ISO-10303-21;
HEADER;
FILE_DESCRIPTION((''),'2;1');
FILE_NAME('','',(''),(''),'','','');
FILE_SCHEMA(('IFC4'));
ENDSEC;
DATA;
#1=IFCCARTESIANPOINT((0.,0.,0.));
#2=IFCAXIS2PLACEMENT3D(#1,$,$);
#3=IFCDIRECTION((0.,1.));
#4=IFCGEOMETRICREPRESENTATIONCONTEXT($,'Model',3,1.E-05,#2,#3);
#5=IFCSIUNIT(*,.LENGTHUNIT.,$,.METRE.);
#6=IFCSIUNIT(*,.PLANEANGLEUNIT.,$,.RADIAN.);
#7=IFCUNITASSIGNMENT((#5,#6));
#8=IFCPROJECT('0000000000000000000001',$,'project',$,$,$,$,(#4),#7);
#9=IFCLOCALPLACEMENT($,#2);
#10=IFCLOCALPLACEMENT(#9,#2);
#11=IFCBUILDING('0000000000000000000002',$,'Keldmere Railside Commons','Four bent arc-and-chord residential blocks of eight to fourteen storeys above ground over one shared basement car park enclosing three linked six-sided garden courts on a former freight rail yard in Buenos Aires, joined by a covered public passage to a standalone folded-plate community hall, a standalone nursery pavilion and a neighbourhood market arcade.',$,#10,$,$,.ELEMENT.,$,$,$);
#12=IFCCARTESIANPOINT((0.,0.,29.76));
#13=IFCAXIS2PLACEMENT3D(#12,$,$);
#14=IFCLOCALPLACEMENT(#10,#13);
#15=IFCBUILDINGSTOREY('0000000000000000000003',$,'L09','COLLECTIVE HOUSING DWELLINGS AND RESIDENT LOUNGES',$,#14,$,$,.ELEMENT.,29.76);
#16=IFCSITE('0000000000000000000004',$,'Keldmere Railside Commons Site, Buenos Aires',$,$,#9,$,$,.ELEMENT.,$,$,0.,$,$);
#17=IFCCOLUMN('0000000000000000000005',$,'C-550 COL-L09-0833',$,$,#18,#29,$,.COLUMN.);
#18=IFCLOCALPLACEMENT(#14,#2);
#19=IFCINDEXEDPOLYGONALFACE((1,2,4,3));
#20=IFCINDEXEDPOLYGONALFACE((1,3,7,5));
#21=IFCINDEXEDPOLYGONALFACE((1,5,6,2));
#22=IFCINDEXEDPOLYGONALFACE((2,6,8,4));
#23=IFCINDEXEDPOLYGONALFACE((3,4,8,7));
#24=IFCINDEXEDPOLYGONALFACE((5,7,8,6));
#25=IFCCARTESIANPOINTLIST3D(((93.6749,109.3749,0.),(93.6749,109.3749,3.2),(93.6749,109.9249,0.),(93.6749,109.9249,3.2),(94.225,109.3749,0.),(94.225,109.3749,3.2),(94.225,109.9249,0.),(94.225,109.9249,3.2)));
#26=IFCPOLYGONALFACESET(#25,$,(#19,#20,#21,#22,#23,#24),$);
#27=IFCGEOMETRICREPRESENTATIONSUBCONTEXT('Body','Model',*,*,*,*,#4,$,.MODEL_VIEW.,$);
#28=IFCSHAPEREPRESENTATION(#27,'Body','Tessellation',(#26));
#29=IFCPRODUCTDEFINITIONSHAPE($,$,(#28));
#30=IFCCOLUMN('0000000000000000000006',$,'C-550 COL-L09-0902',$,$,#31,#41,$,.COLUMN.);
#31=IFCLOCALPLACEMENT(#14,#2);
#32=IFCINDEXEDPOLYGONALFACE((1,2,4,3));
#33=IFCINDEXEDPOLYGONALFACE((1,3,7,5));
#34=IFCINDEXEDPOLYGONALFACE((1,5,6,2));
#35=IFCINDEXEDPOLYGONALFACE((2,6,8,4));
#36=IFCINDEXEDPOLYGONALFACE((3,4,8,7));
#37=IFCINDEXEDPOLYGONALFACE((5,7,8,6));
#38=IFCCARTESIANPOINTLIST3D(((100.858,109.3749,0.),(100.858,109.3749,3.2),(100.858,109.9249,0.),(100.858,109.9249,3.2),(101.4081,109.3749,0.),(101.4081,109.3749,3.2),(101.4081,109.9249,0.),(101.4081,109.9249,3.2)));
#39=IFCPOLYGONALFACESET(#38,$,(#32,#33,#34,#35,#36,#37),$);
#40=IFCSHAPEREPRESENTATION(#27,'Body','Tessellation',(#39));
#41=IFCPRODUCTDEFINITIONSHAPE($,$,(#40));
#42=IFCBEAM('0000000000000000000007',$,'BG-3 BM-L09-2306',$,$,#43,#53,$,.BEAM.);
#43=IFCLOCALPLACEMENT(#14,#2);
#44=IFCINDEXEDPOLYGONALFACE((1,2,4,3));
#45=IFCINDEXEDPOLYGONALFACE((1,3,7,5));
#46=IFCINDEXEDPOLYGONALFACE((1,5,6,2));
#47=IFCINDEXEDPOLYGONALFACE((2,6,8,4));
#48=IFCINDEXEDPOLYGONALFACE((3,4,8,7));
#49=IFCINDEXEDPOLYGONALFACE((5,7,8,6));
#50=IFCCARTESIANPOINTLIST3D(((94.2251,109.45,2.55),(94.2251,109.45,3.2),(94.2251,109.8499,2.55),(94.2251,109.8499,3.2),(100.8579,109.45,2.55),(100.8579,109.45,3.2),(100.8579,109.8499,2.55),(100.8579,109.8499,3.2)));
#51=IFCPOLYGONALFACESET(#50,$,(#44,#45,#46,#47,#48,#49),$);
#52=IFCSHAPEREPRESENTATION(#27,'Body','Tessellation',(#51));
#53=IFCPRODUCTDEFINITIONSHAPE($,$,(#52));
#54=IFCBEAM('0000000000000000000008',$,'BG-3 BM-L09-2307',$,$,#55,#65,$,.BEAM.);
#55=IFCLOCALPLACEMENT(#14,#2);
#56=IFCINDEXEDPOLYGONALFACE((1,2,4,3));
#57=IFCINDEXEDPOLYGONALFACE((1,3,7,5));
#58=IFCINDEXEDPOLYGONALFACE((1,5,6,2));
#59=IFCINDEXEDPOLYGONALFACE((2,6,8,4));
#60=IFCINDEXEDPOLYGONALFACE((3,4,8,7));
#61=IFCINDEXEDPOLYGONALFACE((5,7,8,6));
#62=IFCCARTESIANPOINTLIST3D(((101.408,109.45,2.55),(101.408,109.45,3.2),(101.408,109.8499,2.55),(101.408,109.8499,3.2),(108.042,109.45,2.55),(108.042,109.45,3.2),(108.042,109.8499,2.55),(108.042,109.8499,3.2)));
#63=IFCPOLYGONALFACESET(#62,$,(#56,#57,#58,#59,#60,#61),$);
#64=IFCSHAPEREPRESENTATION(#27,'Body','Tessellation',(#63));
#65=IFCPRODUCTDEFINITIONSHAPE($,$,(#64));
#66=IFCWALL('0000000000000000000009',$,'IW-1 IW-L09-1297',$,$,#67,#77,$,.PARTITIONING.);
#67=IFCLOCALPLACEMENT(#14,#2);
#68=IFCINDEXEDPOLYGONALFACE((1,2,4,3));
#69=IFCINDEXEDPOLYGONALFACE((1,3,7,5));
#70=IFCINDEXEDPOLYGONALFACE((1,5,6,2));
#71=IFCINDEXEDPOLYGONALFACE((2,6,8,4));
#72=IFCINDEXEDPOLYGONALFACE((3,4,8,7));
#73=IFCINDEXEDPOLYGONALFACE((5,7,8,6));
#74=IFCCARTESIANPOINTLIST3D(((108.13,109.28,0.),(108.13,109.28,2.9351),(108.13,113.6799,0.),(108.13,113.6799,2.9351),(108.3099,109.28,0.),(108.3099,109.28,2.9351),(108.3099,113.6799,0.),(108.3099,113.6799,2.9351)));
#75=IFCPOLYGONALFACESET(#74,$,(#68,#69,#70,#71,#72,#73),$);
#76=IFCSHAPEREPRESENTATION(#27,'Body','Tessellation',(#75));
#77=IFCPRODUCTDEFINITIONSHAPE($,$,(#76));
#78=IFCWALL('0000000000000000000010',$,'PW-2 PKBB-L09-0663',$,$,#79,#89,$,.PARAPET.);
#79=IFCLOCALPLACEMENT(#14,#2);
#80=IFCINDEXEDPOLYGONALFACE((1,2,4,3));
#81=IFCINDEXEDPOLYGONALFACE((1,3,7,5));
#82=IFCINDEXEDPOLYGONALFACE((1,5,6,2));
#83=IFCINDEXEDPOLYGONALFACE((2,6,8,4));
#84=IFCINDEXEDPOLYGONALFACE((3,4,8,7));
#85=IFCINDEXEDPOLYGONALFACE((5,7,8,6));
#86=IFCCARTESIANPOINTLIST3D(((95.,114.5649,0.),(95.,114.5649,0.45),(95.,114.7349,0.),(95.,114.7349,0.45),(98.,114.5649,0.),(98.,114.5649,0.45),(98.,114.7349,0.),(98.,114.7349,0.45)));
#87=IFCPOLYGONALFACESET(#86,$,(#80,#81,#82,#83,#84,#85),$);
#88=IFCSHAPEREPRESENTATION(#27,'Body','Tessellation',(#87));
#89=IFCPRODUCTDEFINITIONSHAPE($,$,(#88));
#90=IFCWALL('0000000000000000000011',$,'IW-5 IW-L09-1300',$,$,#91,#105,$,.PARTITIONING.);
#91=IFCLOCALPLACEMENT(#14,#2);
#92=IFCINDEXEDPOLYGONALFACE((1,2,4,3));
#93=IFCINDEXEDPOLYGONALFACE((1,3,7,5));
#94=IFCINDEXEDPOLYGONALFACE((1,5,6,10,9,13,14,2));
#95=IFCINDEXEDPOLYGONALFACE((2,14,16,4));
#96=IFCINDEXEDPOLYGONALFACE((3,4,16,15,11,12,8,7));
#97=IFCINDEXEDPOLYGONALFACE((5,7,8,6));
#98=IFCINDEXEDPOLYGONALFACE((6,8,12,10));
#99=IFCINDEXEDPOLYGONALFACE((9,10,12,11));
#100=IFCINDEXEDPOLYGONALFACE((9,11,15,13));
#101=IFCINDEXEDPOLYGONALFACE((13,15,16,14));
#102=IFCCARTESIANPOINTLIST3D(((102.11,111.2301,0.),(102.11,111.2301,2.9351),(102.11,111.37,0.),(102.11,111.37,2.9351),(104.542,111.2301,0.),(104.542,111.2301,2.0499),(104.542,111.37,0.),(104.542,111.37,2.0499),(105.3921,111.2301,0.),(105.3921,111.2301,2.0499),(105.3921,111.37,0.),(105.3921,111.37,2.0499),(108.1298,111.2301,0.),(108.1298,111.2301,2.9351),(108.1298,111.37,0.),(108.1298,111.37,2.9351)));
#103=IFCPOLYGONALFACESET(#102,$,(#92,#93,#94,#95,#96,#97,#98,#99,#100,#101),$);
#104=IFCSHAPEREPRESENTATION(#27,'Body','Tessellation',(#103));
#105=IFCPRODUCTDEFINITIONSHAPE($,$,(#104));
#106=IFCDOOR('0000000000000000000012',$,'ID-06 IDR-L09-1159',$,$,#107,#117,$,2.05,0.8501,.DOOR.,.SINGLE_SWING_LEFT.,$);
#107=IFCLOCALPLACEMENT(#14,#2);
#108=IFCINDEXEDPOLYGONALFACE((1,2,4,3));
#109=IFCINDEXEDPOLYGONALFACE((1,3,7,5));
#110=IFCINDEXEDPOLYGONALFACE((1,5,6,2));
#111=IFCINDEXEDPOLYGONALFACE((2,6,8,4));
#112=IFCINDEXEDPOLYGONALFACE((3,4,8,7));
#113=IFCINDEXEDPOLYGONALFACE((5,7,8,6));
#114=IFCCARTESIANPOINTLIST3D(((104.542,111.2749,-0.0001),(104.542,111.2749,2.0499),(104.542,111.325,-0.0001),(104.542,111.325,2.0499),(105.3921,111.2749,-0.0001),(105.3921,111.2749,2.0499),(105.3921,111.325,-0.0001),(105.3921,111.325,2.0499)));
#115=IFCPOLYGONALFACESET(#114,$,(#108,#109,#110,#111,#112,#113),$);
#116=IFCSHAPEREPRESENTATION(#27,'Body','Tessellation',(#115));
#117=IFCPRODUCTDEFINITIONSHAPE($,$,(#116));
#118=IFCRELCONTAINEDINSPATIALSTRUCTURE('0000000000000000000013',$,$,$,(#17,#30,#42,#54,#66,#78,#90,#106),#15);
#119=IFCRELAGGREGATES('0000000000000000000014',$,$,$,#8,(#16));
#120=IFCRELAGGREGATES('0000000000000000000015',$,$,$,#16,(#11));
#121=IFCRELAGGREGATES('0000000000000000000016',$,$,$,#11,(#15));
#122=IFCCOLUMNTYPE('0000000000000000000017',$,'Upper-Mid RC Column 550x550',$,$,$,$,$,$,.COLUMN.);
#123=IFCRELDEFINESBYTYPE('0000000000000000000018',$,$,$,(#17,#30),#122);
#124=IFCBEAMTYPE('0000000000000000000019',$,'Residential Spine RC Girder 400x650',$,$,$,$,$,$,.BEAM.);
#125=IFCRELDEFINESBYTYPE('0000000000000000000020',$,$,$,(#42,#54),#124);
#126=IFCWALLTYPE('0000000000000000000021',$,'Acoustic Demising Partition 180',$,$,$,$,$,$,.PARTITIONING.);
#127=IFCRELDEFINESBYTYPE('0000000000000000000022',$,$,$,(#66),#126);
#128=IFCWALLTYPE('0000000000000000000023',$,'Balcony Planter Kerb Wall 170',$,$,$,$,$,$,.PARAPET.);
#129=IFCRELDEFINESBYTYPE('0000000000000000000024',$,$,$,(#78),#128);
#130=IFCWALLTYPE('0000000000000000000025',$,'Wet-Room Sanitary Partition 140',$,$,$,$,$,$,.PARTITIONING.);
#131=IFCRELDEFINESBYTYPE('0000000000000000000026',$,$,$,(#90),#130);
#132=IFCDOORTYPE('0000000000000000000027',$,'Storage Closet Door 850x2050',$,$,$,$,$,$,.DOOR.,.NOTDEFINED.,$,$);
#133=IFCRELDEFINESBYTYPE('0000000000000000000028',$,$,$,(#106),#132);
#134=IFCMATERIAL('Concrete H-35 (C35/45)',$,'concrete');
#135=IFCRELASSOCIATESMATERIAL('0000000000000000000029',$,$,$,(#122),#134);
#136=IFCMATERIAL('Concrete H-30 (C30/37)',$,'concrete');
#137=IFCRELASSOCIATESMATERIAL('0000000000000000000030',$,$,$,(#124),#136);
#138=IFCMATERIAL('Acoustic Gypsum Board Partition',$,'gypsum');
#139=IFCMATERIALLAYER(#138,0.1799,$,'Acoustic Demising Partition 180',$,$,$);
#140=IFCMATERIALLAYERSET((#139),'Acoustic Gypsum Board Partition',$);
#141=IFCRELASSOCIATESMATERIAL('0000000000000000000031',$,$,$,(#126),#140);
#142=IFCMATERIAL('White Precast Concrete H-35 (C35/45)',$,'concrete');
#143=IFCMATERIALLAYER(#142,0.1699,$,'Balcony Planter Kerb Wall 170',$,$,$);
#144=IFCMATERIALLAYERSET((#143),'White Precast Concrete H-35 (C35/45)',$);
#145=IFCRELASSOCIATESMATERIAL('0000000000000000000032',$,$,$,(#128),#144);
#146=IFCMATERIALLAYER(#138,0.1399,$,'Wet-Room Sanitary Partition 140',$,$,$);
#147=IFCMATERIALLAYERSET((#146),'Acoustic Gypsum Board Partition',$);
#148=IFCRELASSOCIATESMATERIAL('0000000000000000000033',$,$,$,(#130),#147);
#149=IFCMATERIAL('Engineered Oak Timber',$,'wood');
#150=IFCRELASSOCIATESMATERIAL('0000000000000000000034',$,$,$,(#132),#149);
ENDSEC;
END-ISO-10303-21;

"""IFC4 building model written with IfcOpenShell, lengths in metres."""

from ifc_helpers import new_model, si_unit, direction, frame, frame_2d, origin, origin_2d, place, context, subcontext, project, spatial, rectangle, extrude, material, layer, layer_set, material_profile, profile_set, type_object, element, fill, save


model = new_model("IFC4")

# Units and contexts
model_context = context("Model", 3, precision=1e-05, world=origin(), true_north=direction((0.0, 1.0)))
body_context = subcontext(model_context, "Body", "Model", "MODEL_VIEW")
ifc_project = project(units=[si_unit("LENGTHUNIT", "METRE"), si_unit("PLANEANGLEUNIT", "RADIAN")], contexts=[model_context])

# Site, building, storey
site_placement = place(None, origin())
site = spatial("IfcSite", under=ifc_project, at=site_placement, Name="Keldmere Railside Commons Site, Buenos Aires", CompositionType="ELEMENT", RefElevation=0.0)
building_placement = place(site_placement, origin())
building = spatial("IfcBuilding", under=site, at=building_placement, Name="Keldmere Railside Commons", Description="Four bent arc-and-chord residential blocks of eight to fourteen storeys above ground over one shared basement car park enclosing three linked six-sided garden courts on a former freight rail yard in Buenos Aires, joined by a covered public passage to a standalone folded-plate community hall, a standalone nursery pavilion and a neighbourhood market arcade.", CompositionType="ELEMENT")
storey_placement = place(building_placement, frame((0.0, 0.0, 29.76)))
storey = spatial("IfcBuildingStorey", under=building, at=storey_placement, Name="L09", Description="COLLECTIVE HOUSING DWELLINGS AND RESIDENT LOUNGES", CompositionType="ELEMENT", Elevation=29.76)

# Columns
ifc_material_1 = material(Name="Concrete H-35 (C35/45)", Category="concrete")
ifc_material_profile_1 = material_profile(ifc_material_1, rectangle(XDim=0.55, YDim=0.55, at=origin_2d()), Name="RC-550x550")
ifc_profile_set_1 = profile_set([ifc_material_profile_1], Name="Concrete H-35 (C35/45)")
column_type = type_object("IfcColumnType", Name="Upper-Mid RC Column 550x550", PredefinedType="COLUMN", material=ifc_profile_set_1)
for number, where, z_axis, x_axis, name in (
    (1, (93.95, 109.6499, 0.0), (0.0, 0.0, 1.0), (1.0, 0.0, 0.0), "C-550 COL-L09-0833"),
    (2, (101.1331, 109.6499, 0.0), (0.0, 0.0, 1.0), (1.0, 0.0, 0.0), "C-550 COL-L09-0902"),
):
    element("IfcColumn", number, at=place(storey_placement, frame(where, z_axis=z_axis, x_axis=x_axis)), inside=storey, type_object=column_type, Name=name, PredefinedType="COLUMN", context=body_context, shape_type="SweptSolid", body=[
        extrude(rectangle(XDim=0.55, YDim=0.55, at=origin_2d()), origin(), (0.0, 0.0, 1.0), 3.2),
    ])

# Beams
ifc_material_2 = material(Name="Concrete H-30 (C30/37)", Category="concrete")
ifc_material_profile_2 = material_profile(ifc_material_2, rectangle(XDim=0.3999, YDim=0.6499, at=origin_2d()), Name="RC-400x650")
ifc_profile_set_2 = profile_set([ifc_material_profile_2], Name="Concrete H-30 (C30/37)")
beam_type = type_object("IfcBeamType", Name="Residential Spine RC Girder 400x650", PredefinedType="BEAM", material=ifc_profile_set_2)
beam_1_placement = place(storey_placement, frame((94.2251, 109.6499, 2.875), z_axis=(1.0, 0.0, 0.0), x_axis=(0.0, 1.0, 0.0)))
element("IfcBeam", 3, at=beam_1_placement, inside=storey, type_object=beam_type, Name="BG-3 BM-L09-2306", PredefinedType="BEAM", context=body_context, shape_type="SweptSolid", body=[
    extrude(rectangle(XDim=0.3999, YDim=0.6499, at=origin_2d()), origin(), (0.0, 0.0, 1.0), 6.6328),
])
beam_2_placement = place(storey_placement, frame((101.408, 109.6499, 2.875), z_axis=(1.0, 0.0, 0.0), x_axis=(0.0, 1.0, 0.0)))
element("IfcBeam", 4, at=beam_2_placement, inside=storey, type_object=beam_type, Name="BG-3 BM-L09-2307", PredefinedType="BEAM", context=body_context, shape_type="SweptSolid", body=[
    extrude(rectangle(XDim=0.3999, YDim=0.6499, at=origin_2d()), origin(), (0.0, 0.0, 1.0), 6.634),
])

# Walls
ifc_material_3 = material(Name="Acoustic Gypsum Board Partition", Category="gypsum")
ifc_layer_1 = layer(ifc_material_3, 0.1799, Name="Acoustic Demising Partition 180")
ifc_layer_set_1 = layer_set([ifc_layer_1], Name="Acoustic Gypsum Board Partition")
wall_type_1 = type_object("IfcWallType", Name="Acoustic Demising Partition 180", PredefinedType="PARTITIONING", material=ifc_layer_set_1)
wall_1_placement = place(storey_placement, frame((108.22, 109.28, 0.0), z_axis=(0.0, 0.0, 1.0), x_axis=(0.0, 1.0, 0.0)))
element("IfcWall", 5, at=wall_1_placement, inside=storey, type_object=wall_type_1, Name="IW-1 IW-L09-1297", PredefinedType="PARTITIONING", context=body_context, shape_type="SweptSolid", body=[
    extrude(rectangle(XDim=4.3999, YDim=0.1799, at=frame_2d((2.2, 0.0))), origin(), (0.0, 0.0, 1.0), 2.9351),
])
ifc_material_4 = material(Name="White Precast Concrete H-35 (C35/45)", Category="concrete")
ifc_layer_2 = layer(ifc_material_4, 0.1699, Name="Balcony Planter Kerb Wall 170")
ifc_layer_set_2 = layer_set([ifc_layer_2], Name="White Precast Concrete H-35 (C35/45)")
wall_type_2 = type_object("IfcWallType", Name="Balcony Planter Kerb Wall 170", PredefinedType="PARAPET", material=ifc_layer_set_2)
wall_2_placement = place(storey_placement, frame((95.0, 114.6499, 0.0), z_axis=(0.0, 0.0, 1.0), x_axis=(1.0, 0.0, 0.0)))
element("IfcWall", 6, at=wall_2_placement, inside=storey, type_object=wall_type_2, Name="PW-2 PKBB-L09-0663", PredefinedType="PARAPET", context=body_context, shape_type="SweptSolid", body=[
    extrude(rectangle(XDim=3.0, YDim=0.1699, at=frame_2d((1.5, 0.0))), origin(), (0.0, 0.0, 1.0), 0.45),
])

# Wall, opening, door
ifc_layer_3 = layer(ifc_material_3, 0.1399, Name="Wet-Room Sanitary Partition 140")
ifc_layer_set_3 = layer_set([ifc_layer_3], Name="Acoustic Gypsum Board Partition")
wall_type_3 = type_object("IfcWallType", Name="Wet-Room Sanitary Partition 140", PredefinedType="PARTITIONING", material=ifc_layer_set_3)
wall_3_placement = place(storey_placement, frame((102.1101, 111.3, 0.0), z_axis=(0.0, 0.0, 1.0), x_axis=(1.0, 0.0, 0.0)))
wall_3 = element("IfcWall", 7, at=wall_3_placement, inside=storey, type_object=wall_type_3, Name="IW-5 IW-L09-1300", PredefinedType="PARTITIONING", context=body_context, shape_type="SweptSolid", body=[
    extrude(rectangle(XDim=6.0198, YDim=0.1399, at=frame_2d((3.0098, 0.0))), origin(), (0.0, 0.0, 1.0), 2.9351),
])
opening_placement = place(wall_3_placement, frame((2.4319, 0.0, 0.0)))
opening = element("IfcOpeningElement", 8, at=opening_placement, cuts=wall_3, PredefinedType="OPENING", context=body_context, shape_type="SweptSolid", body=[
    extrude(rectangle(XDim=0.8501, YDim=2.05, at=frame_2d((0.425, 1.0249))), frame((0.0, 0.0798, 0.0), z_axis=(0.0, -1.0, 0.0), x_axis=(1.0, 0.0, 0.0)), (0.0, 0.0, 1.0), 0.1599),
])
ifc_material_5 = material(Name="Engineered Oak Timber", Category="wood")
door_type = type_object("IfcDoorType", Name="Storage Closet Door 850x2050", OperationType="NOTDEFINED", PredefinedType="DOOR", material=ifc_material_5)
door_placement = place(opening_placement, origin())
door = element("IfcDoor", 9, at=door_placement, inside=storey, type_object=door_type, Name="ID-06 IDR-L09-1159", OperationType="SINGLE_SWING_LEFT", OverallHeight=2.05, OverallWidth=0.8501, PredefinedType="DOOR", context=body_context, shape_type="SweptSolid", body=[
    extrude(rectangle(XDim=0.8501, YDim=2.05, at=frame_2d((0.425, 1.0249))), frame((0.0, 0.0249, 0.0), z_axis=(0.0, -1.0, 0.0), x_axis=(1.0, 0.0, 0.0)), (0.0, 0.0, 1.0), 0.05),
])
fill(opening, door)

save(model, "model.ifc")
